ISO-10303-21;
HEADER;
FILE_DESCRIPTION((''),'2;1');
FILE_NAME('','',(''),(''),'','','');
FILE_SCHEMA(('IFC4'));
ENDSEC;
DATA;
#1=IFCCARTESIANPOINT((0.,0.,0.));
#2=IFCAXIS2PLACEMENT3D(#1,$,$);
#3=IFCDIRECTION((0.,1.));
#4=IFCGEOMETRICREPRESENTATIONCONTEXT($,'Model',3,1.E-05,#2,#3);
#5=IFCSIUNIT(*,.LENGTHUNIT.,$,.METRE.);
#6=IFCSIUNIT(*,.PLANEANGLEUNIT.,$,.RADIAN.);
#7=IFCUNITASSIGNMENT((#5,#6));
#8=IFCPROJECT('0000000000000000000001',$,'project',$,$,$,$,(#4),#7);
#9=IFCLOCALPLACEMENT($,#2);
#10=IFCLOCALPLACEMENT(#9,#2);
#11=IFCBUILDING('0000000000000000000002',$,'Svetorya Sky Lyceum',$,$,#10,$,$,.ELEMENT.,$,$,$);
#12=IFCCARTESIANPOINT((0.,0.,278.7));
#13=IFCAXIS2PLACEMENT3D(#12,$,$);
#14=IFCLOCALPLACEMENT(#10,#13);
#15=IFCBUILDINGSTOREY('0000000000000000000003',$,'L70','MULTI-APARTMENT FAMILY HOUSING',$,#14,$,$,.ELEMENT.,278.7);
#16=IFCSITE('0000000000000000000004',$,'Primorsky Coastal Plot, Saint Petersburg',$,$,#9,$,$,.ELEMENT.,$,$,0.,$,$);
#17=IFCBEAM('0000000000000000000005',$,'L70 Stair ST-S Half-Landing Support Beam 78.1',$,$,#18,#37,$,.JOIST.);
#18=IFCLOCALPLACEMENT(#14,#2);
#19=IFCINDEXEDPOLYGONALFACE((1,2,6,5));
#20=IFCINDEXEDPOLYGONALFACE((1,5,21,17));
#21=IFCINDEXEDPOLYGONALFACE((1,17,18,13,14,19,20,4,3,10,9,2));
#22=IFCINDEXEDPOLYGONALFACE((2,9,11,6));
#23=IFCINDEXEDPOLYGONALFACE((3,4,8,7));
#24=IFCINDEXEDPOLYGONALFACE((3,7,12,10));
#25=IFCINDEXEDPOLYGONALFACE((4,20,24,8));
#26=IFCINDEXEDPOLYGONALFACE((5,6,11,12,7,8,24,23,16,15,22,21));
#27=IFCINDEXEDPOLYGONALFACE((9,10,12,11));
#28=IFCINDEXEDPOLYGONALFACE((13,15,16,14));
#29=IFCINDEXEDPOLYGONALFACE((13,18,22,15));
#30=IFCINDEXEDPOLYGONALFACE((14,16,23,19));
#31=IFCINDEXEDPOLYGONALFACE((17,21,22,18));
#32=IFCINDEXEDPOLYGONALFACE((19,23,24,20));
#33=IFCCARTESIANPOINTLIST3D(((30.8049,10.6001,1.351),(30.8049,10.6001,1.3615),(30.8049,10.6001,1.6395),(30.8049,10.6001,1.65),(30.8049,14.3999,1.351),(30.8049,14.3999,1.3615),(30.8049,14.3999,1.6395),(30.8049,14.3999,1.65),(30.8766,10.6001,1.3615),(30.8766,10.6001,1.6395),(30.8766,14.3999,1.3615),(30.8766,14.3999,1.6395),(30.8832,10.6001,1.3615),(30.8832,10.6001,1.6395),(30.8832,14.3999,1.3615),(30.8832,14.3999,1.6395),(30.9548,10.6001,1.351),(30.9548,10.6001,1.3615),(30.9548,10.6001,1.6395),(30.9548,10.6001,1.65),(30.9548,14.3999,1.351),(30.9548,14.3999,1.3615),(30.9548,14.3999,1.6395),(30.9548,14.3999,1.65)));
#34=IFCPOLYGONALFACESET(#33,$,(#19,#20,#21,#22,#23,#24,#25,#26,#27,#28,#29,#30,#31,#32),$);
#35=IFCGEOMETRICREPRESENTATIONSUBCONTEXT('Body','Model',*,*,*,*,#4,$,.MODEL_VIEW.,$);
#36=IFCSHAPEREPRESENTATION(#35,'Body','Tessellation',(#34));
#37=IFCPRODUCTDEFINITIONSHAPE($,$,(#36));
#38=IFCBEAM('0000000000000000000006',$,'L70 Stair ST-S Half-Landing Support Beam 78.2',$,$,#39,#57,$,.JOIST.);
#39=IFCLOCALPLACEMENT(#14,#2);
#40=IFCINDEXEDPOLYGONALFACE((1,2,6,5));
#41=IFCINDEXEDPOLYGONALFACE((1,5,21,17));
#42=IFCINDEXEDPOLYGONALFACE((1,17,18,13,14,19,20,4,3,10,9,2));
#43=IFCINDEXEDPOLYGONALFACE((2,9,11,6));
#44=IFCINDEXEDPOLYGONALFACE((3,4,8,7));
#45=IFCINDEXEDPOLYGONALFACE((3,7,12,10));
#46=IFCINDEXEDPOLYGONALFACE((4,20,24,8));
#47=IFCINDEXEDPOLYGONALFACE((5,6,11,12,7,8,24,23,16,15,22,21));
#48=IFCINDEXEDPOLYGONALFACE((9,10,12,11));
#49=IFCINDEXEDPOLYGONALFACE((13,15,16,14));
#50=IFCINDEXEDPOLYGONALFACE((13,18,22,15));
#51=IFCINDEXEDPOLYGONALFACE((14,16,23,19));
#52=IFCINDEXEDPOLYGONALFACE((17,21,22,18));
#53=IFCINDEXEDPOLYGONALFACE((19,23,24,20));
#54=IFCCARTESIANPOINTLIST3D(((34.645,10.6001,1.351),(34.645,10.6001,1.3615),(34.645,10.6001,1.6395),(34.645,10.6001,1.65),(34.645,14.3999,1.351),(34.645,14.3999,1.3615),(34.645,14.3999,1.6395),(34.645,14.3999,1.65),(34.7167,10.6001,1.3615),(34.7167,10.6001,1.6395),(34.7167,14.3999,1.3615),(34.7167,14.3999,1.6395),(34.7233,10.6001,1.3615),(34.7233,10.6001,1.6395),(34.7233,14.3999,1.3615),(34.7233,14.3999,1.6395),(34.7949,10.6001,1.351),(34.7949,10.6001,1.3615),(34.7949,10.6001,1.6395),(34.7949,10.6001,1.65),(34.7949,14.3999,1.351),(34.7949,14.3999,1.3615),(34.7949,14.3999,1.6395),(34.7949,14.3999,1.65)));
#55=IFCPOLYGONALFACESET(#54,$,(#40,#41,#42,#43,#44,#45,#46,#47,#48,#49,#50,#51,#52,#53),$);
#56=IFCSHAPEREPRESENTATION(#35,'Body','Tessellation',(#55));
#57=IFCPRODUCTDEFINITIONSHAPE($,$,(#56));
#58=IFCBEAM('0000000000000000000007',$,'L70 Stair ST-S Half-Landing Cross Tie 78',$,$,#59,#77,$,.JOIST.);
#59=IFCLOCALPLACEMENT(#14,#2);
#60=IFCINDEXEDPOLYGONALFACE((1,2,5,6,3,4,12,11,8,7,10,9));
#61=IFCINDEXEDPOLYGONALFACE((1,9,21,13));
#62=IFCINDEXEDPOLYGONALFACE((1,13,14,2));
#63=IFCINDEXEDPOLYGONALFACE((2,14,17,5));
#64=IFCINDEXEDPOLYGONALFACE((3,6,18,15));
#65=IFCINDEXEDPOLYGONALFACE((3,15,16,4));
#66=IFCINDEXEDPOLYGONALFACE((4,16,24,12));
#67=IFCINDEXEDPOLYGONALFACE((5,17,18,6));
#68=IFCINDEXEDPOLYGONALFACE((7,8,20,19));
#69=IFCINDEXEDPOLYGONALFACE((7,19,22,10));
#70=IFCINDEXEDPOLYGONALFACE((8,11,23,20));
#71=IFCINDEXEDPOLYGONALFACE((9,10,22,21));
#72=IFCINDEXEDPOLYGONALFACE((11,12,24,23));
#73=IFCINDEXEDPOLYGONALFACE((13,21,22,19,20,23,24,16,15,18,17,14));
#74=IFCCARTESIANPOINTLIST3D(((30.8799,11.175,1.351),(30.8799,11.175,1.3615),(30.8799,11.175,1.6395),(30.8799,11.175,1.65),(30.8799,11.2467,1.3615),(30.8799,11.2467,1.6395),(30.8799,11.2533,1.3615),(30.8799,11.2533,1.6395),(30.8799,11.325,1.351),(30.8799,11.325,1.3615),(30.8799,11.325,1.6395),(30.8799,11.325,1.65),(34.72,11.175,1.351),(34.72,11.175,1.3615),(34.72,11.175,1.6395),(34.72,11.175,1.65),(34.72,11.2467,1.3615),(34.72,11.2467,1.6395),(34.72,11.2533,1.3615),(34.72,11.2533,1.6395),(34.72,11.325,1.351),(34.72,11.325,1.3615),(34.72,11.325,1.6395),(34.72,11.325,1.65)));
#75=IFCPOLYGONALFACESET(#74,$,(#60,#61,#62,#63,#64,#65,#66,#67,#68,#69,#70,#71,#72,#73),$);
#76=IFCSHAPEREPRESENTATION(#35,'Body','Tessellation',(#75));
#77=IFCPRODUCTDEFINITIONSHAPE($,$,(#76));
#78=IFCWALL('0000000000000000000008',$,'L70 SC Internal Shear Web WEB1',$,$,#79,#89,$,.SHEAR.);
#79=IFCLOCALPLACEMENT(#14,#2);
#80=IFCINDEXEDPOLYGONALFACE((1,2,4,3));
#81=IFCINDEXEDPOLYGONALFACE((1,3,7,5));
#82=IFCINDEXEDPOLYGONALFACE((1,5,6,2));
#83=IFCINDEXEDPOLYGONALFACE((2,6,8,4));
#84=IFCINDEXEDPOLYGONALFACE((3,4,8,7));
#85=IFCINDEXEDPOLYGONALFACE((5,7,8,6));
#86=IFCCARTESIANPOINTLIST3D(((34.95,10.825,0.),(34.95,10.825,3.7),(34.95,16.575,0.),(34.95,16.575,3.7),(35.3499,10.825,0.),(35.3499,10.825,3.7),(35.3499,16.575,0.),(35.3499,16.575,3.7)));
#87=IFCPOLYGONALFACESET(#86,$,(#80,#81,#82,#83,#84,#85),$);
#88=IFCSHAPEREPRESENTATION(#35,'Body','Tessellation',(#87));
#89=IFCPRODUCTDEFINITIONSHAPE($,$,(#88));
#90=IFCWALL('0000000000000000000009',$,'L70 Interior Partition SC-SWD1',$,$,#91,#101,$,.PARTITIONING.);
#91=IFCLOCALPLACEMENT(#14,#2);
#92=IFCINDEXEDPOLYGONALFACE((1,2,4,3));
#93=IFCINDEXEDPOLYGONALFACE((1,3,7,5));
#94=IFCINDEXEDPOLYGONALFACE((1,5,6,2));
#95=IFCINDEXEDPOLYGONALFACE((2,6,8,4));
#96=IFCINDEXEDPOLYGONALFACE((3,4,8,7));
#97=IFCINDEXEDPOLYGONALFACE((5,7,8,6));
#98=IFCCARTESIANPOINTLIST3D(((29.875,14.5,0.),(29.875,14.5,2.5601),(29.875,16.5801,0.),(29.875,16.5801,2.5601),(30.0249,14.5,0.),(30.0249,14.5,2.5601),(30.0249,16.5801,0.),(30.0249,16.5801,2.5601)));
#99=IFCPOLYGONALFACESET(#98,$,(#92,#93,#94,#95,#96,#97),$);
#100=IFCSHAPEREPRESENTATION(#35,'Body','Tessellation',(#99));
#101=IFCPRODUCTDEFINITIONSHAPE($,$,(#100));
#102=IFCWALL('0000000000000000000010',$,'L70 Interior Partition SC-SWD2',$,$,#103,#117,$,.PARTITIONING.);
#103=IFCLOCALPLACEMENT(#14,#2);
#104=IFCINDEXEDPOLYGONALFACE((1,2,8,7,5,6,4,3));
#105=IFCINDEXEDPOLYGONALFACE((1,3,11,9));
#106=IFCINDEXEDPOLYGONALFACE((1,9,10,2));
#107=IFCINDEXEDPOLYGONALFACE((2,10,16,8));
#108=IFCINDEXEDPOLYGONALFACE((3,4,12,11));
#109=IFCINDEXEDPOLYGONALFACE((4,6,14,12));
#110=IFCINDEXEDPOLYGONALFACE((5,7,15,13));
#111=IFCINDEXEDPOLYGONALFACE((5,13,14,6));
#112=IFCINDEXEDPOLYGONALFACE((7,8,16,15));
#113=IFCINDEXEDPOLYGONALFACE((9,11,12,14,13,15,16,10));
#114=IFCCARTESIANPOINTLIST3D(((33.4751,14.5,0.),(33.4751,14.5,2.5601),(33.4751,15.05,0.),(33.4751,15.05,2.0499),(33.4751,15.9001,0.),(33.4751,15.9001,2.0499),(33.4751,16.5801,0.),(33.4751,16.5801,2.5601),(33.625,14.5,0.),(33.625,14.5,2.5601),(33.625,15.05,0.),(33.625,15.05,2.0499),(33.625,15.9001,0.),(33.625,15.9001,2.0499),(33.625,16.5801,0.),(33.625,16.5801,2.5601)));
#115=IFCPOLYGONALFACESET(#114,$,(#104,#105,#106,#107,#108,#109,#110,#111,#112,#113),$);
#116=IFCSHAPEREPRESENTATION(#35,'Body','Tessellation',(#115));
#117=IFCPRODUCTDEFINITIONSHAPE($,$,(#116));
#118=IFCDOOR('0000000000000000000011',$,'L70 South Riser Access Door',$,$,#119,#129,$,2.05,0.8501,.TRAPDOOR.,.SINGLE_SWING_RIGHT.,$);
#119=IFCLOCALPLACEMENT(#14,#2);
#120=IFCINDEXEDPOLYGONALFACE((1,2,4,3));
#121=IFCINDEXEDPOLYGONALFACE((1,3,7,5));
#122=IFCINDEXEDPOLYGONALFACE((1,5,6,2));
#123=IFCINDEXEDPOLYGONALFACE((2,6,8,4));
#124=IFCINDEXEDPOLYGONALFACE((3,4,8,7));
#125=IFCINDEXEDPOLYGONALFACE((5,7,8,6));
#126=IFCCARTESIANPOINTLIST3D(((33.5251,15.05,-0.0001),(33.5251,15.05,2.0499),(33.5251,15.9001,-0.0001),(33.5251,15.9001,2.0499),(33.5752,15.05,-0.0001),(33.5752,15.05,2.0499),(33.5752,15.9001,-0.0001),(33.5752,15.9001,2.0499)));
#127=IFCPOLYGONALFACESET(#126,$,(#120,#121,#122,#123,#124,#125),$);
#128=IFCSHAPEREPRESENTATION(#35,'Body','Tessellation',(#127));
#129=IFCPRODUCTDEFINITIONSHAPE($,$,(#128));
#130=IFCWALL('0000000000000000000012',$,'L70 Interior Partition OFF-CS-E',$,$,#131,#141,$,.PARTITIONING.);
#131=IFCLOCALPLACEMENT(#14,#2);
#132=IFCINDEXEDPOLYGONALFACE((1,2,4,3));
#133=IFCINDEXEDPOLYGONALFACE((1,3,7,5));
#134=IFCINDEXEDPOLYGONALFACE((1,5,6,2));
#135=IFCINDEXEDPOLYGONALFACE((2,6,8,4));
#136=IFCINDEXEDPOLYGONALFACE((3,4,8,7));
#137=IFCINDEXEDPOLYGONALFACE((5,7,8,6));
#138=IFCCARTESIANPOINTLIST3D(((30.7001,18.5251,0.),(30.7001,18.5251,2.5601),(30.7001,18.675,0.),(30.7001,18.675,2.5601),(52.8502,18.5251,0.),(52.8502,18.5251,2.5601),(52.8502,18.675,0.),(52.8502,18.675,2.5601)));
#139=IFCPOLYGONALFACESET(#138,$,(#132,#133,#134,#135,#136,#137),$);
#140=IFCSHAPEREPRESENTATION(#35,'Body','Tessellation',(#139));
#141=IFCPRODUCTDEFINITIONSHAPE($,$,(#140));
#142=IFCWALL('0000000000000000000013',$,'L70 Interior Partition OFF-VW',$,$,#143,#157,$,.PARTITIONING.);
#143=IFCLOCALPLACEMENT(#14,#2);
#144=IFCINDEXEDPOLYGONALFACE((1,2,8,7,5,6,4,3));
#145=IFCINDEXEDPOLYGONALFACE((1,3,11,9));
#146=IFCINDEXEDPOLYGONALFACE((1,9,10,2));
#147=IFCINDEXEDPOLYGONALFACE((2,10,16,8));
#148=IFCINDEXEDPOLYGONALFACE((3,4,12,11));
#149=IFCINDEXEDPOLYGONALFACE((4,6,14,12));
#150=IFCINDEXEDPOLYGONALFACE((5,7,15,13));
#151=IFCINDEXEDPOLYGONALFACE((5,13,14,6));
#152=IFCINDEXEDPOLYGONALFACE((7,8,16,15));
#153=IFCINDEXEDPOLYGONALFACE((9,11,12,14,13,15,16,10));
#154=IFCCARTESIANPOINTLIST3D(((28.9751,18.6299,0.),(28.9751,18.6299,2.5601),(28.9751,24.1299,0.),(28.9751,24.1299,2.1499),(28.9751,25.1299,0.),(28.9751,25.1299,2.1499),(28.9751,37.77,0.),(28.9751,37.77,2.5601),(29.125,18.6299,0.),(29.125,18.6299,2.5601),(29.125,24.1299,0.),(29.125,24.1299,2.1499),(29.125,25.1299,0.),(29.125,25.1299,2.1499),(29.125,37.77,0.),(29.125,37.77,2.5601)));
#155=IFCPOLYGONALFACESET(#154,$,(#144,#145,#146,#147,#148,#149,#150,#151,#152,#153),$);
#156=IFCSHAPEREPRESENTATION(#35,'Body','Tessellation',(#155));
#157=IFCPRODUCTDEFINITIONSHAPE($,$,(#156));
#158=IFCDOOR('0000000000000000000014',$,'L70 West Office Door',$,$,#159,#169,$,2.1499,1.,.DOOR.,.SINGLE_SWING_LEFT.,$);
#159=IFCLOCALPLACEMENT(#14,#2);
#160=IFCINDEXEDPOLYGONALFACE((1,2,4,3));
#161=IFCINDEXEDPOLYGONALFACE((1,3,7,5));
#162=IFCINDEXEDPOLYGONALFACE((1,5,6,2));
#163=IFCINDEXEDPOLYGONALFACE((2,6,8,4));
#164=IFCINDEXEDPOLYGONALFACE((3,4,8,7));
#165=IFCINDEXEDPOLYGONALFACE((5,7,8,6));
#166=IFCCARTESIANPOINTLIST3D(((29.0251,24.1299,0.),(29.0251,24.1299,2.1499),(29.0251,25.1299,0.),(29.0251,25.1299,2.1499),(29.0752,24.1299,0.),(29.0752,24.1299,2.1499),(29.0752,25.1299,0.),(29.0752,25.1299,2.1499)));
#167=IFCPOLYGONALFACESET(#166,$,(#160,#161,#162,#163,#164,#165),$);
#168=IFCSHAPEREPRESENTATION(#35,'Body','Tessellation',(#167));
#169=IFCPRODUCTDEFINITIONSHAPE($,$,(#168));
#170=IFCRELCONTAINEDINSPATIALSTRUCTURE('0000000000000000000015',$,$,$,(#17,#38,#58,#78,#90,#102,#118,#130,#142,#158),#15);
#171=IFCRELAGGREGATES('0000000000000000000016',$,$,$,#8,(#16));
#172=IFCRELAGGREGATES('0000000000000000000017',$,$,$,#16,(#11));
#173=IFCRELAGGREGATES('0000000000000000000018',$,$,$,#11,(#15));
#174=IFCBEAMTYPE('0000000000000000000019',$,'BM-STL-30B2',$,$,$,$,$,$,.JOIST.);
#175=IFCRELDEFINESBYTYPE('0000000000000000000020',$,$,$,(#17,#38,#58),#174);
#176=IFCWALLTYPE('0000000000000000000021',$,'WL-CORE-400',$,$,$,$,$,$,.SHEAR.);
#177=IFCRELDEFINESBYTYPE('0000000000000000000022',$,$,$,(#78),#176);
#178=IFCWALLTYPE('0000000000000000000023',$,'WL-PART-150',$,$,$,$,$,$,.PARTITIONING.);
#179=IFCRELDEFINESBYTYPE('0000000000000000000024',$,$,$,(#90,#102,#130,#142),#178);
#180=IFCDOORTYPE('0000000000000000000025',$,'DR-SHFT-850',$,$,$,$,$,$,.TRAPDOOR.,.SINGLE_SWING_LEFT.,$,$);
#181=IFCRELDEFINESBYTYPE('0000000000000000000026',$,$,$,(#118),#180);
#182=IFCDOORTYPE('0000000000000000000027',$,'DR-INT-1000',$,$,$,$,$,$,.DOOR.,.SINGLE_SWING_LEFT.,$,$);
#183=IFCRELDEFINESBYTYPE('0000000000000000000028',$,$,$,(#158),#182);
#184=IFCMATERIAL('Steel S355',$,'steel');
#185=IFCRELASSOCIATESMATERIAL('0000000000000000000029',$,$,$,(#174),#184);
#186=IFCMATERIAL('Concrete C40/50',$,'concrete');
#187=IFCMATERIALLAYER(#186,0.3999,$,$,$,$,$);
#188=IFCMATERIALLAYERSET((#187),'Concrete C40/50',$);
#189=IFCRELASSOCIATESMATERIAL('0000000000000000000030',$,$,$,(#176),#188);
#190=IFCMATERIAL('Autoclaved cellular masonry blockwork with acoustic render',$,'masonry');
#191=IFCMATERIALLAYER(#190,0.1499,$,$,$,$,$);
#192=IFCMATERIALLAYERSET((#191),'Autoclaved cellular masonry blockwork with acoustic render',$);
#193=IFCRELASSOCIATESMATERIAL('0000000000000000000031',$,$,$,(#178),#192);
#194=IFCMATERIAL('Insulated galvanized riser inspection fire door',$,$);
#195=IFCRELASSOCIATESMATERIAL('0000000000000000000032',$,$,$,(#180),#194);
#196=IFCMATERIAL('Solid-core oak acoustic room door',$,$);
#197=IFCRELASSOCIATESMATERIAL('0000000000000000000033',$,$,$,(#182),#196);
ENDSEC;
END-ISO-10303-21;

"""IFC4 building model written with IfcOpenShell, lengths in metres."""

from ifc_helpers import new_model, si_unit, direction, frame, frame_2d, origin, origin_2d, place, context, subcontext, project, spatial, rectangle, i_section, extrude, material, layer, layer_set, material_profile, profile_set, type_object, element, fill, save


model = new_model("IFC4")

# Units and contexts
model_context = context("Model", 3, precision=1e-05, world=origin(), true_north=direction((0.0, 1.0)))
body_context = subcontext(model_context, "Body", "Model", "MODEL_VIEW")
ifc_project = project(units=[si_unit("LENGTHUNIT", "METRE"), si_unit("PLANEANGLEUNIT", "RADIAN")], contexts=[model_context])

# Site, building, storey
site_placement = place(None, origin())
site = spatial("IfcSite", under=ifc_project, at=site_placement, Name="Primorsky Coastal Plot, Saint Petersburg", CompositionType="ELEMENT", RefElevation=0.0)
building_placement = place(site_placement, origin())
building = spatial("IfcBuilding", under=site, at=building_placement, Name="Svetorya Sky Lyceum", CompositionType="ELEMENT")
storey_placement = place(building_placement, frame((0.0, 0.0, 278.7)))
storey = spatial("IfcBuildingStorey", under=building, at=storey_placement, Name="L70", Description="MULTI-APARTMENT FAMILY HOUSING", CompositionType="ELEMENT", Elevation=278.7)

# Beams
ifc_material_1 = material(Name="Steel S355", Category="steel")
ifc_material_profile = material_profile(ifc_material_1, i_section(OverallWidth=0.1499, OverallDepth=0.2991, WebThickness=0.0066, FlangeThickness=0.0105, at=origin_2d()), Name="GOST 30B2")
ifc_profile_set = profile_set([ifc_material_profile], Name="Steel S355")
beam_type = type_object("IfcBeamType", Name="BM-STL-30B2", PredefinedType="JOIST", material=ifc_profile_set)
for number, where, z_axis, x_axis, name in (
    (1, (30.8799, 10.6001, 1.5005), (0.0, 1.0, 0.0), (-1.0, 0.0, 0.0), "L70 Stair ST-S Half-Landing Support Beam 78.1"),
    (2, (34.72, 10.6001, 1.5005), (0.0, 1.0, 0.0), (-1.0, 0.0, 0.0), "L70 Stair ST-S Half-Landing Support Beam 78.2"),
):
    element("IfcBeam", number, at=place(storey_placement, frame(where, z_axis=z_axis, x_axis=x_axis)), inside=storey, type_object=beam_type, Name=name, PredefinedType="JOIST", context=body_context, shape_type="SweptSolid", body=[
        extrude(i_section(OverallWidth=0.1499, OverallDepth=0.2991, WebThickness=0.0066, FlangeThickness=0.0105, at=origin_2d()), origin(), (0.0, 0.0, 1.0), 3.7998),
    ])
beam_placement = place(storey_placement, frame((30.8799, 11.25, 1.5005), z_axis=(1.0, 0.0, 0.0), x_axis=(0.0, 1.0, 0.0)))
element("IfcBeam", 3, at=beam_placement, inside=storey, type_object=beam_type, Name="L70 Stair ST-S Half-Landing Cross Tie 78", PredefinedType="JOIST", context=body_context, shape_type="SweptSolid", body=[
    extrude(i_section(OverallWidth=0.1499, OverallDepth=0.2991, WebThickness=0.0066, FlangeThickness=0.0105, at=origin_2d()), origin(), (0.0, 0.0, 1.0), 3.8401),
])

# Walls
ifc_material_2 = material(Name="Concrete C40/50", Category="concrete")
ifc_layer_1 = layer(ifc_material_2, 0.3999)
ifc_layer_set_1 = layer_set([ifc_layer_1], Name="Concrete C40/50")
wall_type_1 = type_object("IfcWallType", Name="WL-CORE-400", PredefinedType="SHEAR", material=ifc_layer_set_1)
wall_1_placement = place(storey_placement, frame((35.1499, 10.825, 0.0), z_axis=(0.0, 0.0, 1.0), x_axis=(0.0, 1.0, 0.0)))
element("IfcWall", 4, at=wall_1_placement, inside=storey, type_object=wall_type_1, Name="L70 SC Internal Shear Web WEB1", PredefinedType="SHEAR", context=body_context, shape_type="SweptSolid", body=[
    extrude(rectangle(XDim=5.75, YDim=0.3999, at=frame_2d((2.875, 0.0))), origin(), (0.0, 0.0, 1.0), 3.7),
])
ifc_material_3 = material(Name="Autoclaved cellular masonry blockwork with acoustic render", Category="masonry")
ifc_layer_2 = layer(ifc_material_3, 0.1499)
ifc_layer_set_2 = layer_set([ifc_layer_2], Name="Autoclaved cellular masonry blockwork with acoustic render")
wall_type_2 = type_object("IfcWallType", Name="WL-PART-150", PredefinedType="PARTITIONING", material=ifc_layer_set_2)
wall_2_placement = place(storey_placement, frame((29.95, 14.5, 0.0), z_axis=(0.0, 0.0, 1.0), x_axis=(0.0, 1.0, 0.0)))
element("IfcWall", 5, at=wall_2_placement, inside=storey, type_object=wall_type_2, Name="L70 Interior Partition SC-SWD1", PredefinedType="PARTITIONING", context=body_context, shape_type="SweptSolid", body=[
    extrude(rectangle(XDim=2.0801, YDim=0.1499, at=frame_2d((1.04, 0.0))), origin(), (0.0, 0.0, 1.0), 2.5601),
])

# Wall, opening, door
wall_3_placement = place(storey_placement, frame((33.55, 14.5, 0.0), z_axis=(0.0, 0.0, 1.0), x_axis=(0.0, 1.0, 0.0)))
wall_3 = element("IfcWall", 6, at=wall_3_placement, inside=storey, type_object=wall_type_2, Name="L70 Interior Partition SC-SWD2", PredefinedType="PARTITIONING", context=body_context, shape_type="SweptSolid", body=[
    extrude(rectangle(XDim=2.0801, YDim=0.1499, at=frame_2d((1.04, 0.0))), origin(), (0.0, 0.0, 1.0), 2.5601),
])
opening_1_placement = place(wall_3_placement, frame((0.55, 0.0, 0.0)))
opening_1 = element("IfcOpeningElement", 7, at=opening_1_placement, cuts=wall_3, PredefinedType="OPENING", context=body_context, shape_type="SweptSolid", body=[
    extrude(rectangle(XDim=0.8501, YDim=2.05, at=frame_2d((0.425, 1.0249))), frame((0.0, 0.085, 0.0), z_axis=(0.0, -1.0, 0.0), x_axis=(1.0, 0.0, 0.0)), (0.0, 0.0, 1.0), 0.1699),
])
ifc_material_4 = material(Name="Insulated galvanized riser inspection fire door")
door_type_1 = type_object("IfcDoorType", Name="DR-SHFT-850", OperationType="SINGLE_SWING_LEFT", PredefinedType="TRAPDOOR", material=ifc_material_4)
door_1_placement = place(opening_1_placement, origin())
door_1 = element("IfcDoor", 8, at=door_1_placement, inside=storey, type_object=door_type_1, Name="L70 South Riser Access Door", OperationType="SINGLE_SWING_RIGHT", OverallHeight=2.05, OverallWidth=0.8501, PredefinedType="TRAPDOOR", context=body_context, shape_type="SweptSolid", body=[
    extrude(rectangle(XDim=0.8501, YDim=2.05, at=frame_2d((0.425, 1.0249))), frame((0.0, 0.0249, 0.0), z_axis=(0.0, -1.0, 0.0), x_axis=(1.0, 0.0, 0.0)), (0.0, 0.0, 1.0), 0.05),
])
fill(opening_1, door_1)

# Wall
wall_4_placement = place(storey_placement, frame((30.7, 18.6001, 0.0), z_axis=(0.0, 0.0, 1.0), x_axis=(1.0, 0.0, 0.0)))
element("IfcWall", 9, at=wall_4_placement, inside=storey, type_object=wall_type_2, Name="L70 Interior Partition OFF-CS-E", PredefinedType="PARTITIONING", context=body_context, shape_type="SweptSolid", body=[
    extrude(rectangle(XDim=22.1501, YDim=0.1499, at=frame_2d((11.0752, 0.0))), origin(), (0.0, 0.0, 1.0), 2.5601),
])

# Wall, opening, door
wall_5_placement = place(storey_placement, frame((29.05, 18.6299, 0.0), z_axis=(0.0, 0.0, 1.0), x_axis=(0.0, 1.0, 0.0)))
wall_5 = element("IfcWall", 10, at=wall_5_placement, inside=storey, type_object=wall_type_2, Name="L70 Interior Partition OFF-VW", PredefinedType="PARTITIONING", context=body_context, shape_type="SweptSolid", body=[
    extrude(rectangle(XDim=19.1401, YDim=0.1499, at=frame_2d((9.5701, 0.0))), origin(), (0.0, 0.0, 1.0), 2.5601),
])
opening_2_placement = place(wall_5_placement, frame((5.5, 0.0, 0.0)))
opening_2 = element("IfcOpeningElement", 11, at=opening_2_placement, cuts=wall_5, PredefinedType="OPENING", context=body_context, shape_type="SweptSolid", body=[
    extrude(rectangle(XDim=1.0, YDim=2.1499, at=frame_2d((0.5, 1.075))), frame((0.0, 0.085, 0.0), z_axis=(0.0, -1.0, 0.0), x_axis=(1.0, 0.0, 0.0)), (0.0, 0.0, 1.0), 0.1699),
])
ifc_material_5 = material(Name="Solid-core oak acoustic room door")
door_type_2 = type_object("IfcDoorType", Name="DR-INT-1000", OperationType="SINGLE_SWING_LEFT", PredefinedType="DOOR", material=ifc_material_5)
door_2_placement = place(opening_2_placement, origin())
door_2 = element("IfcDoor", 12, at=door_2_placement, inside=storey, type_object=door_type_2, Name="L70 West Office Door", OperationType="SINGLE_SWING_LEFT", OverallHeight=2.1499, OverallWidth=1.0, PredefinedType="DOOR", context=body_context, shape_type="SweptSolid", body=[
    extrude(rectangle(XDim=1.0, YDim=2.1499, at=frame_2d((0.5, 1.075))), frame((0.0, 0.0249, 0.0), z_axis=(0.0, -1.0, 0.0), x_axis=(1.0, 0.0, 0.0)), (0.0, 0.0, 1.0), 0.05),
])
fill(opening_2, door_2)

save(model, "model.ifc")
